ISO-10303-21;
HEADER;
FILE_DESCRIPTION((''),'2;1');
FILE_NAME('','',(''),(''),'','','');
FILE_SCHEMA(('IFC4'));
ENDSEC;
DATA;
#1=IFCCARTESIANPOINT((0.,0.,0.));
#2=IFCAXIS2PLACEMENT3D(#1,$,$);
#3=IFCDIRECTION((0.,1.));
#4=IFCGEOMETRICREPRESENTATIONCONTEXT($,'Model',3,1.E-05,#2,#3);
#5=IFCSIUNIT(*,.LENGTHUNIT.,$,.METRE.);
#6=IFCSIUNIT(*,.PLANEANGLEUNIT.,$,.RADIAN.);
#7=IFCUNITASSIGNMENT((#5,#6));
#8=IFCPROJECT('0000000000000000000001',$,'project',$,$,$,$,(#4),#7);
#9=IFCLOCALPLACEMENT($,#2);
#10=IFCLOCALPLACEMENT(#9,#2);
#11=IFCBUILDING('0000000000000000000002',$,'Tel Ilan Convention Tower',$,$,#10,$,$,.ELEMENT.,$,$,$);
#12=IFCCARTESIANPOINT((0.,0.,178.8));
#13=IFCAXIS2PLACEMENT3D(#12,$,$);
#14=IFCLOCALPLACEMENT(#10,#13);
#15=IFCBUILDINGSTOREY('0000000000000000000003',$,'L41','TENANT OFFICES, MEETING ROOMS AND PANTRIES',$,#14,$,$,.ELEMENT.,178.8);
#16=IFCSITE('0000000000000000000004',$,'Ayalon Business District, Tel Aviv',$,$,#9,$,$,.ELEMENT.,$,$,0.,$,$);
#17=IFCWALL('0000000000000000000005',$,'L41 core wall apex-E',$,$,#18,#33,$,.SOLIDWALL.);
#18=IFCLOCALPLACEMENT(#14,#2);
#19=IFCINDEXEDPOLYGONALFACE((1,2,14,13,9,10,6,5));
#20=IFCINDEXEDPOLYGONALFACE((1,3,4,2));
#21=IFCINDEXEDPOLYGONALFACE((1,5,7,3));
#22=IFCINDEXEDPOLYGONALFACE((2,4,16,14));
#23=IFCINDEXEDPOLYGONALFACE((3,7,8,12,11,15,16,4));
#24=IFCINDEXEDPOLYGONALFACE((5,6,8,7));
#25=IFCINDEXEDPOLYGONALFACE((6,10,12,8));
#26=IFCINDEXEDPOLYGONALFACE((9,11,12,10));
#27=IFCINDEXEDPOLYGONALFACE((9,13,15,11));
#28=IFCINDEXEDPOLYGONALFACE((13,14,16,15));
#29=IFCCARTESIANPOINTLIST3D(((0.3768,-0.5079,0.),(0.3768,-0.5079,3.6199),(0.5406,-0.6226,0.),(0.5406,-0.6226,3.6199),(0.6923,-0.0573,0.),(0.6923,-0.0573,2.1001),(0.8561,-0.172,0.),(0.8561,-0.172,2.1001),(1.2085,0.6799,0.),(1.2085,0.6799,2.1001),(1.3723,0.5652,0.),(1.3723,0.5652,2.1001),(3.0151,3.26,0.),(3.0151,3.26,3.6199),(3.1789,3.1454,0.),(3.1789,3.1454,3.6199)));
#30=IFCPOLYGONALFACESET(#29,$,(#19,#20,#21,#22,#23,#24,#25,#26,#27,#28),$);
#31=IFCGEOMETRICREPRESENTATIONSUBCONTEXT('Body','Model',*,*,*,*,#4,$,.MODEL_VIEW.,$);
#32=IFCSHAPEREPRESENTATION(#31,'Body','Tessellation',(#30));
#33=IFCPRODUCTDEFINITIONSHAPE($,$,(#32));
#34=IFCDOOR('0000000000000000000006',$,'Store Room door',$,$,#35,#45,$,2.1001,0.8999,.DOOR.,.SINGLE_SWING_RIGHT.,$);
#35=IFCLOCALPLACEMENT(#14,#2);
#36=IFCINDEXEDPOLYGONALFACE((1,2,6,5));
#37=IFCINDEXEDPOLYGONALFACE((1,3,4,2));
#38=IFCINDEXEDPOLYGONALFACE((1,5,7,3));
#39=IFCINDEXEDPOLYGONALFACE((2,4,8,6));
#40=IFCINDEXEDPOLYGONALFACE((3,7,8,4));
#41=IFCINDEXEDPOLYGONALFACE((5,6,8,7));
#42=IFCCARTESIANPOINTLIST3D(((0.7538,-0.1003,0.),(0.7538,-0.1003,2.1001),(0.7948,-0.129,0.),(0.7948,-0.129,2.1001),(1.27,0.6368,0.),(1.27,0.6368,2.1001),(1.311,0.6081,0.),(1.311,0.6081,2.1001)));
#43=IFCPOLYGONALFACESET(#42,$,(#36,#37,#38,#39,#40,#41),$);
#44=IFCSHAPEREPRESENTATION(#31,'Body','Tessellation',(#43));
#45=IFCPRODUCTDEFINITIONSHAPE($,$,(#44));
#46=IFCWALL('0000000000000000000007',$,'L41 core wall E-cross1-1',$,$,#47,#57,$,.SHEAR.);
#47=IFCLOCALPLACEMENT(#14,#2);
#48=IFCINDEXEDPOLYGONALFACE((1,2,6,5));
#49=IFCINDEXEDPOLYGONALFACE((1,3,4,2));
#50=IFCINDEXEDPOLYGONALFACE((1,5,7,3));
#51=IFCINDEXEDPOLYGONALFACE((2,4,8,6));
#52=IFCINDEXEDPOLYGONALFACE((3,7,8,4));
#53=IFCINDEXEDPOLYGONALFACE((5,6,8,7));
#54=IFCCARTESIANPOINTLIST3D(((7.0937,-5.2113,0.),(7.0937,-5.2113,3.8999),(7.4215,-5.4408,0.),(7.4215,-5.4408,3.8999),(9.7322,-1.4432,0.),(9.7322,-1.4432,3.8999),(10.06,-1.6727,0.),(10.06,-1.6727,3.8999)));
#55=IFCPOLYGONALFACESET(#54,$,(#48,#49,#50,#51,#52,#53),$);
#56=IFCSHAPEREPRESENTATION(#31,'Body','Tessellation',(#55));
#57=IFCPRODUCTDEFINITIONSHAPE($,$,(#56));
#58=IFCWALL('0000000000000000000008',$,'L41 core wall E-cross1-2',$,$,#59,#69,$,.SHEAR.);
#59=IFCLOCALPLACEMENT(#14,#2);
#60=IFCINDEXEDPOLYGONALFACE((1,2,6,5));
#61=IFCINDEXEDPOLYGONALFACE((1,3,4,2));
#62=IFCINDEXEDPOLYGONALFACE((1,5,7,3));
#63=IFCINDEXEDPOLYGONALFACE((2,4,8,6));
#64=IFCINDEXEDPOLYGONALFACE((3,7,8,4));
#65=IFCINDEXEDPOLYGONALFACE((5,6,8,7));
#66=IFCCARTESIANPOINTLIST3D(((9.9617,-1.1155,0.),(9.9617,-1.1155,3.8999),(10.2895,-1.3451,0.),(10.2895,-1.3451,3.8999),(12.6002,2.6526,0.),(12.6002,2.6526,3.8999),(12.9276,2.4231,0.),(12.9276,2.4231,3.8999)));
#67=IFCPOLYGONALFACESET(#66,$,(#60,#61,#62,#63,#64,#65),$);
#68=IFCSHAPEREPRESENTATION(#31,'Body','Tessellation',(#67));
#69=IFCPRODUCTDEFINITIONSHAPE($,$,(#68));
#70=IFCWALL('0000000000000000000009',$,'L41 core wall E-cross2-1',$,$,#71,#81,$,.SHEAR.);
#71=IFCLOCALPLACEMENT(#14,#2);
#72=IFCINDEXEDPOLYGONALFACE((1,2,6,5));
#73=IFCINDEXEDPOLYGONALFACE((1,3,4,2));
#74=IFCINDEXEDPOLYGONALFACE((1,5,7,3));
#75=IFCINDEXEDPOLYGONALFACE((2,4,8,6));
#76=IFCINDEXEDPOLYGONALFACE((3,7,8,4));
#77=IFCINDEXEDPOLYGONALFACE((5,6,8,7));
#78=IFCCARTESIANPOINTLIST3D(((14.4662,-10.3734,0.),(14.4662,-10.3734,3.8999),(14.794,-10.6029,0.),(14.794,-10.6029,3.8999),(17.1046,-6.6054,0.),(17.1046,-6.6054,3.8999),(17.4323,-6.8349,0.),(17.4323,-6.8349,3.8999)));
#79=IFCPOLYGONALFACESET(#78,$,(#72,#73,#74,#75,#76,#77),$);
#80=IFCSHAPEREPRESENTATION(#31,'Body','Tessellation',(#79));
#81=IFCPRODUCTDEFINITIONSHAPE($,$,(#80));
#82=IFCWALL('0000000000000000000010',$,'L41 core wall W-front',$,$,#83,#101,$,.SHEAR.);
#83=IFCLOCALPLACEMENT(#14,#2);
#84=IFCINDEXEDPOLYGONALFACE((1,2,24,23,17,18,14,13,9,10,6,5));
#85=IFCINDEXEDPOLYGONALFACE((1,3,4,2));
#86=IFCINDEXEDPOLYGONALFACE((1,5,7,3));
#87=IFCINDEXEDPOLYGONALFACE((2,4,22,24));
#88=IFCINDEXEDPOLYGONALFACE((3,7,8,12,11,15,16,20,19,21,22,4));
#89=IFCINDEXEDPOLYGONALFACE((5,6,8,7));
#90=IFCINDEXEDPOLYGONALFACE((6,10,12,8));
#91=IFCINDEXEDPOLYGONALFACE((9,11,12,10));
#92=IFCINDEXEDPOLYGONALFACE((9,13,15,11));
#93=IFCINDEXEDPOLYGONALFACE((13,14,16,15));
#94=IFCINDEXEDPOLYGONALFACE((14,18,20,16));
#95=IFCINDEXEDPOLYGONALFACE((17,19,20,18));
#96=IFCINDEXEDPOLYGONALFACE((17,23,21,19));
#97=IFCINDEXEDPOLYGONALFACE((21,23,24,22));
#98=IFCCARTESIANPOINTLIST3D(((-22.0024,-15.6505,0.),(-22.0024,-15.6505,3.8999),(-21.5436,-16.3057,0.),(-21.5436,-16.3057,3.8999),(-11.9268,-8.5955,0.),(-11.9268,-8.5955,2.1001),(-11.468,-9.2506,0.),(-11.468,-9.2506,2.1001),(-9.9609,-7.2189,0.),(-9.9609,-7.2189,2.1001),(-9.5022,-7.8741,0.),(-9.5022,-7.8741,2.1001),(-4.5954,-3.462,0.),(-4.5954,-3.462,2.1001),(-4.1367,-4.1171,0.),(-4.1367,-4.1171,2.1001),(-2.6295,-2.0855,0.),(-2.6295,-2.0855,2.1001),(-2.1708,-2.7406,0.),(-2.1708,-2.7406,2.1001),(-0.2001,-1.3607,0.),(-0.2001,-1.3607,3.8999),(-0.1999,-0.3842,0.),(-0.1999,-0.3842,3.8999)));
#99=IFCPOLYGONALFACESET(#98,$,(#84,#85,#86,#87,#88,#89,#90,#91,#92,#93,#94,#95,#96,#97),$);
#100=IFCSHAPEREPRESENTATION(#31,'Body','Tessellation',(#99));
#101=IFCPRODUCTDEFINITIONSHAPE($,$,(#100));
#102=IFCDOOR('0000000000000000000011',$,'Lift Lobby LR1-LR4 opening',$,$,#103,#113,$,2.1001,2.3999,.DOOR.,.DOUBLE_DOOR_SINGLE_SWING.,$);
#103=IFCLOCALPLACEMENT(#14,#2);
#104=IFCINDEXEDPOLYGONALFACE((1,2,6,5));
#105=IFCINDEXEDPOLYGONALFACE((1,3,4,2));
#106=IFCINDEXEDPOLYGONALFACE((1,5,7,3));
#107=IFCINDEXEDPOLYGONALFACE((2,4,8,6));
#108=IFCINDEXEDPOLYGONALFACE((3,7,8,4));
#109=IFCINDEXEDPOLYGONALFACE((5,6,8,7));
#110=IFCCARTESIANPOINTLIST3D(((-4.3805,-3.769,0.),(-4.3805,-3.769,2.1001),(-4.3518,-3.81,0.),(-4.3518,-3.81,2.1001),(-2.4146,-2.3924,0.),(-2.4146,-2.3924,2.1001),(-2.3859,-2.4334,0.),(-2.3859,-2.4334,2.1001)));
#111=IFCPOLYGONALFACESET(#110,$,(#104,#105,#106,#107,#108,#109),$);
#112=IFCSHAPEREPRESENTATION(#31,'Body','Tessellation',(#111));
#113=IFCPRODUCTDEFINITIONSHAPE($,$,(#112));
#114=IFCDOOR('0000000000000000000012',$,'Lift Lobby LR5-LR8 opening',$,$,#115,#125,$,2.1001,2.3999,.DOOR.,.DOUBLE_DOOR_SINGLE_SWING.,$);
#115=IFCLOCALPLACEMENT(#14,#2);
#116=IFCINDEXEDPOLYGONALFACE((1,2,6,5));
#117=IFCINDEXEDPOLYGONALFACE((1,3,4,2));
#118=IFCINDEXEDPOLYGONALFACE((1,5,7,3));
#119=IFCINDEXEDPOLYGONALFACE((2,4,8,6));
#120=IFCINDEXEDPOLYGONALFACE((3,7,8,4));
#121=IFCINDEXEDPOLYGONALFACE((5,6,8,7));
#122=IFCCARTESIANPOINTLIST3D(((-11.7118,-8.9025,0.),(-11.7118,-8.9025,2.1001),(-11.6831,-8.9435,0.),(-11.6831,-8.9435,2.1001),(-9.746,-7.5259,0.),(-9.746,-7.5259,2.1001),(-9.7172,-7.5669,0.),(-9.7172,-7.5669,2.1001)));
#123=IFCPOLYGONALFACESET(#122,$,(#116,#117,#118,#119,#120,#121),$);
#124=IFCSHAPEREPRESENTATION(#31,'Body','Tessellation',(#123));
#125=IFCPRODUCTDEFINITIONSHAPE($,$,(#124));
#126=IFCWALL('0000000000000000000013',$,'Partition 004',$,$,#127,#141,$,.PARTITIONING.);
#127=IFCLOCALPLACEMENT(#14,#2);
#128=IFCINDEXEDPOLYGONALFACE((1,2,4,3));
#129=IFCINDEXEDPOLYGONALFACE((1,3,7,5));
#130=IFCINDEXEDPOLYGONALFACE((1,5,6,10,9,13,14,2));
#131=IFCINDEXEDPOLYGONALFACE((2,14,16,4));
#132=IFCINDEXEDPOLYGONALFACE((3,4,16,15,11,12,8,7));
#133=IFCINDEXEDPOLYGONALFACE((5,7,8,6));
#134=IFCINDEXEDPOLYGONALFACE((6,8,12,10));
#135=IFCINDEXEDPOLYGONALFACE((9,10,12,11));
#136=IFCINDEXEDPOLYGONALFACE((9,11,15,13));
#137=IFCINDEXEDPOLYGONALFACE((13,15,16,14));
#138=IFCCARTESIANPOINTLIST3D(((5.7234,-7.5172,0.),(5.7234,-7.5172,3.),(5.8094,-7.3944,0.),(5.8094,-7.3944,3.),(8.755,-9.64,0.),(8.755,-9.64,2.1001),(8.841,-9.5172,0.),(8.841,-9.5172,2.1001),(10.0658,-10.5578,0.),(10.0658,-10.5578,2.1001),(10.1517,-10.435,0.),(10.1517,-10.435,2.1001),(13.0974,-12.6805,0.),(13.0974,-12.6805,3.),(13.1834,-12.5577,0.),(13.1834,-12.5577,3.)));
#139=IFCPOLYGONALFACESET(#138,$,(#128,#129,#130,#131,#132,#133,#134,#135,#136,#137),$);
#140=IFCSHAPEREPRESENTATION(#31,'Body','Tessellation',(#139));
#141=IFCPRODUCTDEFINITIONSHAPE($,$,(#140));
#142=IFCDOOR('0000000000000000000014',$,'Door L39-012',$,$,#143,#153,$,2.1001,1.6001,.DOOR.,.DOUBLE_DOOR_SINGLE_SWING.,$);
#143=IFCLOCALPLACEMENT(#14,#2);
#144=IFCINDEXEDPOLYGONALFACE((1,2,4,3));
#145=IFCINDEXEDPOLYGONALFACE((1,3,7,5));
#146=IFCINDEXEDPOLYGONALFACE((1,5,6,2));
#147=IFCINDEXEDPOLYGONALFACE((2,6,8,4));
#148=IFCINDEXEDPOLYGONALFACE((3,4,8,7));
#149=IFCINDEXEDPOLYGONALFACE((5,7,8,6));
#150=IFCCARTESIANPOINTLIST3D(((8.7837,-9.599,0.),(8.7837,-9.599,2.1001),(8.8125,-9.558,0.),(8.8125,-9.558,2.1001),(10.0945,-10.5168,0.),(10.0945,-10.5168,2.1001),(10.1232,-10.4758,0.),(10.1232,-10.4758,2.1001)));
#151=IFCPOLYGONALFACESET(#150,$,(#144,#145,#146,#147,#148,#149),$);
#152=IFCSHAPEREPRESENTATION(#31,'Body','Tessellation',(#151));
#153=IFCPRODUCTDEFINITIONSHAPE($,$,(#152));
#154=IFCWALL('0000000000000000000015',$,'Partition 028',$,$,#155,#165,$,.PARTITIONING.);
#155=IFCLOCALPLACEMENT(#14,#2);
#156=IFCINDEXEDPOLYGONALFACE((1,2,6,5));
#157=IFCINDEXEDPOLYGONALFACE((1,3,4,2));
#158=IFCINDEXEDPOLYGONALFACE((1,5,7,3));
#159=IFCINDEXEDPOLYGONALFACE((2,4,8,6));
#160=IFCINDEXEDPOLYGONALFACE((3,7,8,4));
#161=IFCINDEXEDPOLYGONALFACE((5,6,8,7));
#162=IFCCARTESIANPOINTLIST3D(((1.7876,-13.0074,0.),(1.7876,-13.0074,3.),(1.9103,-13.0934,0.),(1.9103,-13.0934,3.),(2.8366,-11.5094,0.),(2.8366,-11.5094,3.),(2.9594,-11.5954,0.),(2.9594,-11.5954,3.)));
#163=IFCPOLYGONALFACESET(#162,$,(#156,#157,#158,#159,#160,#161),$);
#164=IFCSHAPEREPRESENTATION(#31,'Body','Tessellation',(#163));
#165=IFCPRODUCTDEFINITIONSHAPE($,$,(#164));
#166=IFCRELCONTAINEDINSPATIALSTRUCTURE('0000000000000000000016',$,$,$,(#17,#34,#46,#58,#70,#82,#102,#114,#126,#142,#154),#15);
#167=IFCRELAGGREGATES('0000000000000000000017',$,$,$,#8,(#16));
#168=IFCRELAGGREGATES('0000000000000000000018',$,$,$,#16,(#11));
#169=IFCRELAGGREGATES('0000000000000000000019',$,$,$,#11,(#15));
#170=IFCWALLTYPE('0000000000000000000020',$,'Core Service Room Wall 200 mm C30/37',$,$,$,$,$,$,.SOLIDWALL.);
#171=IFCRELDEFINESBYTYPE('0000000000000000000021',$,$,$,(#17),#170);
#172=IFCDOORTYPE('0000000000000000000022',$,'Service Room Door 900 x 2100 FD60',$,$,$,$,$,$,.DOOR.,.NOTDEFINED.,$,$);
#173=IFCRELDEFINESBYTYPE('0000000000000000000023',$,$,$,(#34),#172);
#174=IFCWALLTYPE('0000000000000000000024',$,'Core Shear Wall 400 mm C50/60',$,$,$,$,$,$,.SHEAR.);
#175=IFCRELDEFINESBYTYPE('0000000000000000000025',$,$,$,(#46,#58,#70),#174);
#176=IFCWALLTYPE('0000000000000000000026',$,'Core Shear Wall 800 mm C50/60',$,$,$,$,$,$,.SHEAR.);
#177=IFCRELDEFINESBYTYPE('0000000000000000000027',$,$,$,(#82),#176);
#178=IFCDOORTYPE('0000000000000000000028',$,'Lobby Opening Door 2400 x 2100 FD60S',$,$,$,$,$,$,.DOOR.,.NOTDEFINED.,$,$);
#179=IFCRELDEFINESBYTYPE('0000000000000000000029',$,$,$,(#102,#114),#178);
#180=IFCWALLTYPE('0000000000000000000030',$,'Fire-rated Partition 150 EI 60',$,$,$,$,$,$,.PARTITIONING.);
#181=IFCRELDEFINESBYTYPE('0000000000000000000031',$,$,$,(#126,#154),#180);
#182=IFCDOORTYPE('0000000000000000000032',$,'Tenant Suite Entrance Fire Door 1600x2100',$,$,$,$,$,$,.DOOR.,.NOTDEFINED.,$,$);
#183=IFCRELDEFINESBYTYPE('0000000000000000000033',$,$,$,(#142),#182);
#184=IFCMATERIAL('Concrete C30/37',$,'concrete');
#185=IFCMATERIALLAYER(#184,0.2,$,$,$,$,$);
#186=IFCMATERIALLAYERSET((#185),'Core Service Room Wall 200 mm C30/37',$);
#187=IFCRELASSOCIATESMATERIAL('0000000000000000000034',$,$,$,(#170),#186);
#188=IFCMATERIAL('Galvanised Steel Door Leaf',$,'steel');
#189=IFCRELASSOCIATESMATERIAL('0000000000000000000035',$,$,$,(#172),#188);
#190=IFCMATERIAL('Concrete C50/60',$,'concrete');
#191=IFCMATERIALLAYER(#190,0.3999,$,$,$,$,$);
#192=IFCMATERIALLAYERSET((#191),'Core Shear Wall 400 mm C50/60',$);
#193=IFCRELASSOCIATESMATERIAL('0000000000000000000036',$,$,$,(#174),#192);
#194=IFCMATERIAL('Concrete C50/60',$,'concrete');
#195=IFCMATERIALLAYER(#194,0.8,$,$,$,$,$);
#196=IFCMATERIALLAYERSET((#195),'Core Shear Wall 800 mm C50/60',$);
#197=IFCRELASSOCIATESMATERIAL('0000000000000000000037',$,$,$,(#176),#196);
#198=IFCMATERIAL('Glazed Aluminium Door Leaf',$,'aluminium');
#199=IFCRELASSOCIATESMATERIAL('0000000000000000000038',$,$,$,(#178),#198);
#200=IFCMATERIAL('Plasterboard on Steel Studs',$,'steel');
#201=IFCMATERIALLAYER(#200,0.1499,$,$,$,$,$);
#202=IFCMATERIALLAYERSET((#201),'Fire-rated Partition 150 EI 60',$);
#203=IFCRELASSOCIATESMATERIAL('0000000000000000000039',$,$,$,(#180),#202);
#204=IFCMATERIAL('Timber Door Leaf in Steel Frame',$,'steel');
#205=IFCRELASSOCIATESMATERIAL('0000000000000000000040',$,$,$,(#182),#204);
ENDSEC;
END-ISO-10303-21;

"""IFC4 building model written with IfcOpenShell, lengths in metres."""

from ifc_helpers import new_model, si_unit, direction, frame, frame_2d, origin, place, context, subcontext, project, spatial, polyline, rectangle, outline, extrude, material, layer, layer_set, type_object, element, fill, save


model = new_model("IFC4")

# Units and contexts
model_context = context("Model", 3, precision=1e-05, world=origin(), true_north=direction((0.0, 1.0)))
body_context = subcontext(model_context, "Body", "Model", "MODEL_VIEW")
ifc_project = project(units=[si_unit("LENGTHUNIT", "METRE"), si_unit("PLANEANGLEUNIT", "RADIAN")], contexts=[model_context])

# Site, building, storey
site_placement = place(None, origin())
site = spatial("IfcSite", under=ifc_project, at=site_placement, Name="Ayalon Business District, Tel Aviv", CompositionType="ELEMENT", RefElevation=0.0)
building_placement = place(site_placement, origin())
building = spatial("IfcBuilding", under=site, at=building_placement, Name="Tel Ilan Convention Tower", CompositionType="ELEMENT")
storey_placement = place(building_placement, frame((0.0, 0.0, 178.8)))
storey = spatial("IfcBuildingStorey", under=building, at=storey_placement, Name="L41", Description="TENANT OFFICES, MEETING ROOMS AND PANTRIES", CompositionType="ELEMENT", Elevation=178.8)

# Wall, opening, door
ifc_material_1 = material(Name="Concrete C30/37", Category="concrete")
ifc_layer_1 = layer(ifc_material_1, 0.2)
ifc_layer_set_1 = layer_set([ifc_layer_1], Name="Core Service Room Wall 200 mm C30/37")
wall_type_1 = type_object("IfcWallType", Name="Core Service Room Wall 200 mm C30/37", PredefinedType="SOLIDWALL", material=ifc_layer_set_1)
wall_1_placement = place(storey_placement, frame((0.4587, -0.5652, 0.0), z_axis=(0.0, 0.0, 1.0), x_axis=(0.573576, 0.819152, 0.0)))
wall_1 = element("IfcWall", 1, at=wall_1_placement, inside=storey, type_object=wall_type_1, Name="L41 core wall apex-E", PredefinedType="SOLIDWALL", context=body_context, shape_type="SweptSolid", body=[
    extrude(rectangle(XDim=4.5999, YDim=0.2, at=frame_2d((2.2998, 0.0))), origin(), (0.0, 0.0, 1.0), 3.6199),
])
opening_1_placement = place(wall_1_placement, frame((0.55, 0.0, 0.0)))
opening_1 = element("IfcOpeningElement", 2, at=opening_1_placement, cuts=wall_1, PredefinedType="OPENING", context=body_context, shape_type="SweptSolid", body=[
    extrude(rectangle(XDim=0.8999, YDim=2.1001, at=frame_2d((0.45, 1.05))), frame((0.0, 0.1099, 0.0), z_axis=(0.0, -1.0, 0.0), x_axis=(1.0, 0.0, 0.0)), (0.0, 0.0, 1.0), 0.22),
])
ifc_material_2 = material(Name="Galvanised Steel Door Leaf", Category="steel")
door_type_1 = type_object("IfcDoorType", Name="Service Room Door 900 x 2100 FD60", OperationType="NOTDEFINED", PredefinedType="DOOR", material=ifc_material_2)
door_1_placement = place(opening_1_placement, origin())
door_1 = element("IfcDoor", 3, at=door_1_placement, inside=storey, type_object=door_type_1, Name="Store Room door", OperationType="SINGLE_SWING_RIGHT", OverallHeight=2.1001, OverallWidth=0.8999, PredefinedType="DOOR", context=body_context, shape_type="SweptSolid", body=[
    extrude(rectangle(XDim=0.8999, YDim=2.1001, at=frame_2d((0.45, 1.05))), frame((0.0, 0.0249, 0.0), z_axis=(0.0, -1.0, 0.0), x_axis=(1.0, 0.0, 0.0)), (0.0, 0.0, 1.0), 0.05),
])
fill(opening_1, door_1)

# Walls
ifc_material_3 = material(Name="Concrete C50/60", Category="concrete")
ifc_layer_2 = layer(ifc_material_3, 0.3999)
ifc_layer_set_2 = layer_set([ifc_layer_2], Name="Core Shear Wall 400 mm C50/60")
wall_type_2 = type_object("IfcWallType", Name="Core Shear Wall 400 mm C50/60", PredefinedType="SHEAR", material=ifc_layer_set_2)
wall_2_placement = place(storey_placement, frame((7.2578, -5.3259, 0.0), z_axis=(0.0, 0.0, 1.0), x_axis=(0.573541, 0.819177, 0.0)))
element("IfcWall", 4, at=wall_2_placement, inside=storey, type_object=wall_type_2, Name="L41 core wall E-cross1-1", PredefinedType="SHEAR", context=body_context, shape_type="SweptSolid", body=[
    extrude(outline(polyline([(-0.0002, 0.2002), (-0.0002, -0.2), (4.5999, -0.2002), (4.5999, 0.2), (-0.0002, 0.2002)])), origin(), (0.0, 0.0, 1.0), 3.8999),
])
wall_3_placement = place(storey_placement, frame((10.1255, -1.2302, 0.0), z_axis=(0.0, 0.0, 1.0), x_axis=(0.573576, 0.819152, 0.0)))
element("IfcWall", 5, at=wall_3_placement, inside=storey, type_object=wall_type_2, Name="L41 core wall E-cross1-2", PredefinedType="SHEAR", context=body_context, shape_type="SweptSolid", body=[
    extrude(outline(polyline([(4.5999, -0.2), (4.6001, 0.2), (0.0, 0.2), (0.0, -0.2002), (4.5999, -0.2)])), origin(), (0.0, 0.0, 1.0), 3.8999),
])
wall_4_placement = place(storey_placement, frame((14.6299, -10.4883, 0.0), z_axis=(0.0, 0.0, 1.0), x_axis=(0.573612, 0.819127, 0.0)))
element("IfcWall", 6, at=wall_4_placement, inside=storey, type_object=wall_type_2, Name="L41 core wall E-cross2-1", PredefinedType="SHEAR", context=body_context, shape_type="SweptSolid", body=[
    extrude(outline(polyline([(0.0002, 0.2), (0.0002, -0.2002), (4.6001, -0.2), (4.6001, 0.2002), (0.0002, 0.2)])), origin(), (0.0, 0.0, 1.0), 3.8999),
])

# Wall, openings, doors
ifc_material_4 = material(Name="Concrete C50/60", Category="concrete")
ifc_layer_3 = layer(ifc_material_4, 0.8)
ifc_layer_set_3 = layer_set([ifc_layer_3], Name="Core Shear Wall 800 mm C50/60")
wall_type_3 = type_object("IfcWallType", Name="Core Shear Wall 800 mm C50/60", PredefinedType="SHEAR", material=ifc_layer_set_3)
wall_5_placement = place(storey_placement, frame((0.0293, -0.7119, 0.0), z_axis=(0.0, 0.0, 1.0), x_axis=(-0.819152, -0.573577, 0.0)))
wall_5 = element("IfcWall", 7, at=wall_5_placement, inside=storey, type_object=wall_type_3, Name="L41 core wall W-front", PredefinedType="SHEAR", context=body_context, shape_type="SweptSolid", body=[
    extrude(outline(polyline([(26.6157, 0.3999), (0.5601, 0.3999), (-0.0002, -0.3999), (26.6157, -0.3999), (26.6157, 0.3999)])), origin(), (0.0, 0.0, 1.0), 3.8999),
])
opening_2_placement = place(wall_5_placement, frame((2.9658, 0.0, 0.0)))
opening_2 = element("IfcOpeningElement", 8, at=opening_2_placement, cuts=wall_5, PredefinedType="OPENING", context=body_context, shape_type="SweptSolid", body=[
    extrude(rectangle(XDim=2.3999, YDim=2.1001, at=frame_2d((1.2, 1.05))), frame((0.0, 0.4099, 0.0), z_axis=(0.0, -1.0, 0.0), x_axis=(1.0, 0.0, 0.0)), (0.0, 0.0, 1.0), 0.8201),
])
opening_3_placement = place(wall_5_placement, frame((11.9158, 0.0, 0.0)))
opening_3 = element("IfcOpeningElement", 9, at=opening_3_placement, cuts=wall_5, PredefinedType="OPENING", context=body_context, shape_type="SweptSolid", body=[
    extrude(rectangle(XDim=2.3999, YDim=2.1001, at=frame_2d((1.2, 1.05))), frame((0.0, 0.4099, 0.0), z_axis=(0.0, -1.0, 0.0), x_axis=(1.0, 0.0, 0.0)), (0.0, 0.0, 1.0), 0.8201),
])
ifc_material_5 = material(Name="Glazed Aluminium Door Leaf", Category="aluminium")
door_type_2 = type_object("IfcDoorType", Name="Lobby Opening Door 2400 x 2100 FD60S", OperationType="NOTDEFINED", PredefinedType="DOOR", material=ifc_material_5)
door_2_placement = place(opening_2_placement, origin())
door_2 = element("IfcDoor", 10, at=door_2_placement, inside=storey, type_object=door_type_2, Name="Lift Lobby LR1-LR4 opening", OperationType="DOUBLE_DOOR_SINGLE_SWING", OverallHeight=2.1001, OverallWidth=2.3999, PredefinedType="DOOR", context=body_context, shape_type="SweptSolid", body=[
    extrude(rectangle(XDim=2.3999, YDim=2.1001, at=frame_2d((1.2, 1.05))), frame((0.0, 0.0249, 0.0), z_axis=(0.0, -1.0, 0.0), x_axis=(1.0, 0.0, 0.0)), (0.0, 0.0, 1.0), 0.05),
])
fill(opening_2, door_2)
door_3_placement = place(opening_3_placement, origin())
door_3 = element("IfcDoor", 11, at=door_3_placement, inside=storey, type_object=door_type_2, Name="Lift Lobby LR5-LR8 opening", OperationType="DOUBLE_DOOR_SINGLE_SWING", OverallHeight=2.1001, OverallWidth=2.3999, PredefinedType="DOOR", context=body_context, shape_type="SweptSolid", body=[
    extrude(rectangle(XDim=2.3999, YDim=2.1001, at=frame_2d((1.2, 1.05))), frame((0.0, 0.0249, 0.0), z_axis=(0.0, -1.0, 0.0), x_axis=(1.0, 0.0, 0.0)), (0.0, 0.0, 1.0), 0.05),
])
fill(opening_3, door_3)

# Wall, opening, door
ifc_material_6 = material(Name="Plasterboard on Steel Studs", Category="steel")
ifc_layer_4 = layer(ifc_material_6, 0.1499)
ifc_layer_set_4 = layer_set([ifc_layer_4], Name="Fire-rated Partition 150 EI 60")
wall_type_4 = type_object("IfcWallType", Name="Fire-rated Partition 150 EI 60", PredefinedType="PARTITIONING", material=ifc_layer_set_4)
wall_6_placement = place(storey_placement, frame((13.1404, -12.6191, 0.0), z_axis=(0.0, 0.0, 1.0), x_axis=(-0.819153, 0.573575, 0.0)))
wall_6 = element("IfcWall", 12, at=wall_6_placement, inside=storey, type_object=wall_type_4, Name="Partition 004", PredefinedType="PARTITIONING", context=body_context, shape_type="SweptSolid", body=[
    extrude(rectangle(XDim=9.002, YDim=0.1499, at=frame_2d((4.501, 0.0))), origin(), (0.0, 0.0, 1.0), 3.0),
])
opening_4_placement = place(wall_6_placement, frame((3.7009, 0.0, 0.0)))
opening_4 = element("IfcOpeningElement", 13, at=opening_4_placement, cuts=wall_6, PredefinedType="OPENING", context=body_context, shape_type="SweptSolid", body=[
    extrude(rectangle(XDim=1.6001, YDim=2.1001, at=frame_2d((0.8, 1.05))), frame((0.0, 0.085, 0.0), z_axis=(0.0, -1.0, 0.0), x_axis=(1.0, 0.0, 0.0)), (0.0, 0.0, 1.0), 0.1699),
])
ifc_material_7 = material(Name="Timber Door Leaf in Steel Frame", Category="steel")
door_type_3 = type_object("IfcDoorType", Name="Tenant Suite Entrance Fire Door 1600x2100", OperationType="NOTDEFINED", PredefinedType="DOOR", material=ifc_material_7)
door_4_placement = place(opening_4_placement, origin())
door_4 = element("IfcDoor", 14, at=door_4_placement, inside=storey, type_object=door_type_3, Name="Door L39-012", OperationType="DOUBLE_DOOR_SINGLE_SWING", OverallHeight=2.1001, OverallWidth=1.6001, PredefinedType="DOOR", context=body_context, shape_type="SweptSolid", body=[
    extrude(rectangle(XDim=1.6001, YDim=2.1001, at=frame_2d((0.8, 1.05))), frame((0.0, 0.0249, 0.0), z_axis=(0.0, -1.0, 0.0), x_axis=(1.0, 0.0, 0.0)), (0.0, 0.0, 1.0), 0.05),
])
fill(opening_4, door_4)

# Wall
wall_7_placement = place(storey_placement, frame((1.8489, -13.0505, 0.0), z_axis=(0.0, 0.0, 1.0), x_axis=(0.573624, 0.819119, 0.0)))
element("IfcWall", 15, at=wall_7_placement, inside=storey, type_object=wall_type_4, Name="Partition 028", PredefinedType="PARTITIONING", context=body_context, shape_type="SweptSolid", body=[
    extrude(rectangle(XDim=1.8289, YDim=0.1499, at=frame_2d((0.9146, 0.0))), origin(), (0.0, 0.0, 1.0), 3.0),
])

save(model, "model.ifc")
